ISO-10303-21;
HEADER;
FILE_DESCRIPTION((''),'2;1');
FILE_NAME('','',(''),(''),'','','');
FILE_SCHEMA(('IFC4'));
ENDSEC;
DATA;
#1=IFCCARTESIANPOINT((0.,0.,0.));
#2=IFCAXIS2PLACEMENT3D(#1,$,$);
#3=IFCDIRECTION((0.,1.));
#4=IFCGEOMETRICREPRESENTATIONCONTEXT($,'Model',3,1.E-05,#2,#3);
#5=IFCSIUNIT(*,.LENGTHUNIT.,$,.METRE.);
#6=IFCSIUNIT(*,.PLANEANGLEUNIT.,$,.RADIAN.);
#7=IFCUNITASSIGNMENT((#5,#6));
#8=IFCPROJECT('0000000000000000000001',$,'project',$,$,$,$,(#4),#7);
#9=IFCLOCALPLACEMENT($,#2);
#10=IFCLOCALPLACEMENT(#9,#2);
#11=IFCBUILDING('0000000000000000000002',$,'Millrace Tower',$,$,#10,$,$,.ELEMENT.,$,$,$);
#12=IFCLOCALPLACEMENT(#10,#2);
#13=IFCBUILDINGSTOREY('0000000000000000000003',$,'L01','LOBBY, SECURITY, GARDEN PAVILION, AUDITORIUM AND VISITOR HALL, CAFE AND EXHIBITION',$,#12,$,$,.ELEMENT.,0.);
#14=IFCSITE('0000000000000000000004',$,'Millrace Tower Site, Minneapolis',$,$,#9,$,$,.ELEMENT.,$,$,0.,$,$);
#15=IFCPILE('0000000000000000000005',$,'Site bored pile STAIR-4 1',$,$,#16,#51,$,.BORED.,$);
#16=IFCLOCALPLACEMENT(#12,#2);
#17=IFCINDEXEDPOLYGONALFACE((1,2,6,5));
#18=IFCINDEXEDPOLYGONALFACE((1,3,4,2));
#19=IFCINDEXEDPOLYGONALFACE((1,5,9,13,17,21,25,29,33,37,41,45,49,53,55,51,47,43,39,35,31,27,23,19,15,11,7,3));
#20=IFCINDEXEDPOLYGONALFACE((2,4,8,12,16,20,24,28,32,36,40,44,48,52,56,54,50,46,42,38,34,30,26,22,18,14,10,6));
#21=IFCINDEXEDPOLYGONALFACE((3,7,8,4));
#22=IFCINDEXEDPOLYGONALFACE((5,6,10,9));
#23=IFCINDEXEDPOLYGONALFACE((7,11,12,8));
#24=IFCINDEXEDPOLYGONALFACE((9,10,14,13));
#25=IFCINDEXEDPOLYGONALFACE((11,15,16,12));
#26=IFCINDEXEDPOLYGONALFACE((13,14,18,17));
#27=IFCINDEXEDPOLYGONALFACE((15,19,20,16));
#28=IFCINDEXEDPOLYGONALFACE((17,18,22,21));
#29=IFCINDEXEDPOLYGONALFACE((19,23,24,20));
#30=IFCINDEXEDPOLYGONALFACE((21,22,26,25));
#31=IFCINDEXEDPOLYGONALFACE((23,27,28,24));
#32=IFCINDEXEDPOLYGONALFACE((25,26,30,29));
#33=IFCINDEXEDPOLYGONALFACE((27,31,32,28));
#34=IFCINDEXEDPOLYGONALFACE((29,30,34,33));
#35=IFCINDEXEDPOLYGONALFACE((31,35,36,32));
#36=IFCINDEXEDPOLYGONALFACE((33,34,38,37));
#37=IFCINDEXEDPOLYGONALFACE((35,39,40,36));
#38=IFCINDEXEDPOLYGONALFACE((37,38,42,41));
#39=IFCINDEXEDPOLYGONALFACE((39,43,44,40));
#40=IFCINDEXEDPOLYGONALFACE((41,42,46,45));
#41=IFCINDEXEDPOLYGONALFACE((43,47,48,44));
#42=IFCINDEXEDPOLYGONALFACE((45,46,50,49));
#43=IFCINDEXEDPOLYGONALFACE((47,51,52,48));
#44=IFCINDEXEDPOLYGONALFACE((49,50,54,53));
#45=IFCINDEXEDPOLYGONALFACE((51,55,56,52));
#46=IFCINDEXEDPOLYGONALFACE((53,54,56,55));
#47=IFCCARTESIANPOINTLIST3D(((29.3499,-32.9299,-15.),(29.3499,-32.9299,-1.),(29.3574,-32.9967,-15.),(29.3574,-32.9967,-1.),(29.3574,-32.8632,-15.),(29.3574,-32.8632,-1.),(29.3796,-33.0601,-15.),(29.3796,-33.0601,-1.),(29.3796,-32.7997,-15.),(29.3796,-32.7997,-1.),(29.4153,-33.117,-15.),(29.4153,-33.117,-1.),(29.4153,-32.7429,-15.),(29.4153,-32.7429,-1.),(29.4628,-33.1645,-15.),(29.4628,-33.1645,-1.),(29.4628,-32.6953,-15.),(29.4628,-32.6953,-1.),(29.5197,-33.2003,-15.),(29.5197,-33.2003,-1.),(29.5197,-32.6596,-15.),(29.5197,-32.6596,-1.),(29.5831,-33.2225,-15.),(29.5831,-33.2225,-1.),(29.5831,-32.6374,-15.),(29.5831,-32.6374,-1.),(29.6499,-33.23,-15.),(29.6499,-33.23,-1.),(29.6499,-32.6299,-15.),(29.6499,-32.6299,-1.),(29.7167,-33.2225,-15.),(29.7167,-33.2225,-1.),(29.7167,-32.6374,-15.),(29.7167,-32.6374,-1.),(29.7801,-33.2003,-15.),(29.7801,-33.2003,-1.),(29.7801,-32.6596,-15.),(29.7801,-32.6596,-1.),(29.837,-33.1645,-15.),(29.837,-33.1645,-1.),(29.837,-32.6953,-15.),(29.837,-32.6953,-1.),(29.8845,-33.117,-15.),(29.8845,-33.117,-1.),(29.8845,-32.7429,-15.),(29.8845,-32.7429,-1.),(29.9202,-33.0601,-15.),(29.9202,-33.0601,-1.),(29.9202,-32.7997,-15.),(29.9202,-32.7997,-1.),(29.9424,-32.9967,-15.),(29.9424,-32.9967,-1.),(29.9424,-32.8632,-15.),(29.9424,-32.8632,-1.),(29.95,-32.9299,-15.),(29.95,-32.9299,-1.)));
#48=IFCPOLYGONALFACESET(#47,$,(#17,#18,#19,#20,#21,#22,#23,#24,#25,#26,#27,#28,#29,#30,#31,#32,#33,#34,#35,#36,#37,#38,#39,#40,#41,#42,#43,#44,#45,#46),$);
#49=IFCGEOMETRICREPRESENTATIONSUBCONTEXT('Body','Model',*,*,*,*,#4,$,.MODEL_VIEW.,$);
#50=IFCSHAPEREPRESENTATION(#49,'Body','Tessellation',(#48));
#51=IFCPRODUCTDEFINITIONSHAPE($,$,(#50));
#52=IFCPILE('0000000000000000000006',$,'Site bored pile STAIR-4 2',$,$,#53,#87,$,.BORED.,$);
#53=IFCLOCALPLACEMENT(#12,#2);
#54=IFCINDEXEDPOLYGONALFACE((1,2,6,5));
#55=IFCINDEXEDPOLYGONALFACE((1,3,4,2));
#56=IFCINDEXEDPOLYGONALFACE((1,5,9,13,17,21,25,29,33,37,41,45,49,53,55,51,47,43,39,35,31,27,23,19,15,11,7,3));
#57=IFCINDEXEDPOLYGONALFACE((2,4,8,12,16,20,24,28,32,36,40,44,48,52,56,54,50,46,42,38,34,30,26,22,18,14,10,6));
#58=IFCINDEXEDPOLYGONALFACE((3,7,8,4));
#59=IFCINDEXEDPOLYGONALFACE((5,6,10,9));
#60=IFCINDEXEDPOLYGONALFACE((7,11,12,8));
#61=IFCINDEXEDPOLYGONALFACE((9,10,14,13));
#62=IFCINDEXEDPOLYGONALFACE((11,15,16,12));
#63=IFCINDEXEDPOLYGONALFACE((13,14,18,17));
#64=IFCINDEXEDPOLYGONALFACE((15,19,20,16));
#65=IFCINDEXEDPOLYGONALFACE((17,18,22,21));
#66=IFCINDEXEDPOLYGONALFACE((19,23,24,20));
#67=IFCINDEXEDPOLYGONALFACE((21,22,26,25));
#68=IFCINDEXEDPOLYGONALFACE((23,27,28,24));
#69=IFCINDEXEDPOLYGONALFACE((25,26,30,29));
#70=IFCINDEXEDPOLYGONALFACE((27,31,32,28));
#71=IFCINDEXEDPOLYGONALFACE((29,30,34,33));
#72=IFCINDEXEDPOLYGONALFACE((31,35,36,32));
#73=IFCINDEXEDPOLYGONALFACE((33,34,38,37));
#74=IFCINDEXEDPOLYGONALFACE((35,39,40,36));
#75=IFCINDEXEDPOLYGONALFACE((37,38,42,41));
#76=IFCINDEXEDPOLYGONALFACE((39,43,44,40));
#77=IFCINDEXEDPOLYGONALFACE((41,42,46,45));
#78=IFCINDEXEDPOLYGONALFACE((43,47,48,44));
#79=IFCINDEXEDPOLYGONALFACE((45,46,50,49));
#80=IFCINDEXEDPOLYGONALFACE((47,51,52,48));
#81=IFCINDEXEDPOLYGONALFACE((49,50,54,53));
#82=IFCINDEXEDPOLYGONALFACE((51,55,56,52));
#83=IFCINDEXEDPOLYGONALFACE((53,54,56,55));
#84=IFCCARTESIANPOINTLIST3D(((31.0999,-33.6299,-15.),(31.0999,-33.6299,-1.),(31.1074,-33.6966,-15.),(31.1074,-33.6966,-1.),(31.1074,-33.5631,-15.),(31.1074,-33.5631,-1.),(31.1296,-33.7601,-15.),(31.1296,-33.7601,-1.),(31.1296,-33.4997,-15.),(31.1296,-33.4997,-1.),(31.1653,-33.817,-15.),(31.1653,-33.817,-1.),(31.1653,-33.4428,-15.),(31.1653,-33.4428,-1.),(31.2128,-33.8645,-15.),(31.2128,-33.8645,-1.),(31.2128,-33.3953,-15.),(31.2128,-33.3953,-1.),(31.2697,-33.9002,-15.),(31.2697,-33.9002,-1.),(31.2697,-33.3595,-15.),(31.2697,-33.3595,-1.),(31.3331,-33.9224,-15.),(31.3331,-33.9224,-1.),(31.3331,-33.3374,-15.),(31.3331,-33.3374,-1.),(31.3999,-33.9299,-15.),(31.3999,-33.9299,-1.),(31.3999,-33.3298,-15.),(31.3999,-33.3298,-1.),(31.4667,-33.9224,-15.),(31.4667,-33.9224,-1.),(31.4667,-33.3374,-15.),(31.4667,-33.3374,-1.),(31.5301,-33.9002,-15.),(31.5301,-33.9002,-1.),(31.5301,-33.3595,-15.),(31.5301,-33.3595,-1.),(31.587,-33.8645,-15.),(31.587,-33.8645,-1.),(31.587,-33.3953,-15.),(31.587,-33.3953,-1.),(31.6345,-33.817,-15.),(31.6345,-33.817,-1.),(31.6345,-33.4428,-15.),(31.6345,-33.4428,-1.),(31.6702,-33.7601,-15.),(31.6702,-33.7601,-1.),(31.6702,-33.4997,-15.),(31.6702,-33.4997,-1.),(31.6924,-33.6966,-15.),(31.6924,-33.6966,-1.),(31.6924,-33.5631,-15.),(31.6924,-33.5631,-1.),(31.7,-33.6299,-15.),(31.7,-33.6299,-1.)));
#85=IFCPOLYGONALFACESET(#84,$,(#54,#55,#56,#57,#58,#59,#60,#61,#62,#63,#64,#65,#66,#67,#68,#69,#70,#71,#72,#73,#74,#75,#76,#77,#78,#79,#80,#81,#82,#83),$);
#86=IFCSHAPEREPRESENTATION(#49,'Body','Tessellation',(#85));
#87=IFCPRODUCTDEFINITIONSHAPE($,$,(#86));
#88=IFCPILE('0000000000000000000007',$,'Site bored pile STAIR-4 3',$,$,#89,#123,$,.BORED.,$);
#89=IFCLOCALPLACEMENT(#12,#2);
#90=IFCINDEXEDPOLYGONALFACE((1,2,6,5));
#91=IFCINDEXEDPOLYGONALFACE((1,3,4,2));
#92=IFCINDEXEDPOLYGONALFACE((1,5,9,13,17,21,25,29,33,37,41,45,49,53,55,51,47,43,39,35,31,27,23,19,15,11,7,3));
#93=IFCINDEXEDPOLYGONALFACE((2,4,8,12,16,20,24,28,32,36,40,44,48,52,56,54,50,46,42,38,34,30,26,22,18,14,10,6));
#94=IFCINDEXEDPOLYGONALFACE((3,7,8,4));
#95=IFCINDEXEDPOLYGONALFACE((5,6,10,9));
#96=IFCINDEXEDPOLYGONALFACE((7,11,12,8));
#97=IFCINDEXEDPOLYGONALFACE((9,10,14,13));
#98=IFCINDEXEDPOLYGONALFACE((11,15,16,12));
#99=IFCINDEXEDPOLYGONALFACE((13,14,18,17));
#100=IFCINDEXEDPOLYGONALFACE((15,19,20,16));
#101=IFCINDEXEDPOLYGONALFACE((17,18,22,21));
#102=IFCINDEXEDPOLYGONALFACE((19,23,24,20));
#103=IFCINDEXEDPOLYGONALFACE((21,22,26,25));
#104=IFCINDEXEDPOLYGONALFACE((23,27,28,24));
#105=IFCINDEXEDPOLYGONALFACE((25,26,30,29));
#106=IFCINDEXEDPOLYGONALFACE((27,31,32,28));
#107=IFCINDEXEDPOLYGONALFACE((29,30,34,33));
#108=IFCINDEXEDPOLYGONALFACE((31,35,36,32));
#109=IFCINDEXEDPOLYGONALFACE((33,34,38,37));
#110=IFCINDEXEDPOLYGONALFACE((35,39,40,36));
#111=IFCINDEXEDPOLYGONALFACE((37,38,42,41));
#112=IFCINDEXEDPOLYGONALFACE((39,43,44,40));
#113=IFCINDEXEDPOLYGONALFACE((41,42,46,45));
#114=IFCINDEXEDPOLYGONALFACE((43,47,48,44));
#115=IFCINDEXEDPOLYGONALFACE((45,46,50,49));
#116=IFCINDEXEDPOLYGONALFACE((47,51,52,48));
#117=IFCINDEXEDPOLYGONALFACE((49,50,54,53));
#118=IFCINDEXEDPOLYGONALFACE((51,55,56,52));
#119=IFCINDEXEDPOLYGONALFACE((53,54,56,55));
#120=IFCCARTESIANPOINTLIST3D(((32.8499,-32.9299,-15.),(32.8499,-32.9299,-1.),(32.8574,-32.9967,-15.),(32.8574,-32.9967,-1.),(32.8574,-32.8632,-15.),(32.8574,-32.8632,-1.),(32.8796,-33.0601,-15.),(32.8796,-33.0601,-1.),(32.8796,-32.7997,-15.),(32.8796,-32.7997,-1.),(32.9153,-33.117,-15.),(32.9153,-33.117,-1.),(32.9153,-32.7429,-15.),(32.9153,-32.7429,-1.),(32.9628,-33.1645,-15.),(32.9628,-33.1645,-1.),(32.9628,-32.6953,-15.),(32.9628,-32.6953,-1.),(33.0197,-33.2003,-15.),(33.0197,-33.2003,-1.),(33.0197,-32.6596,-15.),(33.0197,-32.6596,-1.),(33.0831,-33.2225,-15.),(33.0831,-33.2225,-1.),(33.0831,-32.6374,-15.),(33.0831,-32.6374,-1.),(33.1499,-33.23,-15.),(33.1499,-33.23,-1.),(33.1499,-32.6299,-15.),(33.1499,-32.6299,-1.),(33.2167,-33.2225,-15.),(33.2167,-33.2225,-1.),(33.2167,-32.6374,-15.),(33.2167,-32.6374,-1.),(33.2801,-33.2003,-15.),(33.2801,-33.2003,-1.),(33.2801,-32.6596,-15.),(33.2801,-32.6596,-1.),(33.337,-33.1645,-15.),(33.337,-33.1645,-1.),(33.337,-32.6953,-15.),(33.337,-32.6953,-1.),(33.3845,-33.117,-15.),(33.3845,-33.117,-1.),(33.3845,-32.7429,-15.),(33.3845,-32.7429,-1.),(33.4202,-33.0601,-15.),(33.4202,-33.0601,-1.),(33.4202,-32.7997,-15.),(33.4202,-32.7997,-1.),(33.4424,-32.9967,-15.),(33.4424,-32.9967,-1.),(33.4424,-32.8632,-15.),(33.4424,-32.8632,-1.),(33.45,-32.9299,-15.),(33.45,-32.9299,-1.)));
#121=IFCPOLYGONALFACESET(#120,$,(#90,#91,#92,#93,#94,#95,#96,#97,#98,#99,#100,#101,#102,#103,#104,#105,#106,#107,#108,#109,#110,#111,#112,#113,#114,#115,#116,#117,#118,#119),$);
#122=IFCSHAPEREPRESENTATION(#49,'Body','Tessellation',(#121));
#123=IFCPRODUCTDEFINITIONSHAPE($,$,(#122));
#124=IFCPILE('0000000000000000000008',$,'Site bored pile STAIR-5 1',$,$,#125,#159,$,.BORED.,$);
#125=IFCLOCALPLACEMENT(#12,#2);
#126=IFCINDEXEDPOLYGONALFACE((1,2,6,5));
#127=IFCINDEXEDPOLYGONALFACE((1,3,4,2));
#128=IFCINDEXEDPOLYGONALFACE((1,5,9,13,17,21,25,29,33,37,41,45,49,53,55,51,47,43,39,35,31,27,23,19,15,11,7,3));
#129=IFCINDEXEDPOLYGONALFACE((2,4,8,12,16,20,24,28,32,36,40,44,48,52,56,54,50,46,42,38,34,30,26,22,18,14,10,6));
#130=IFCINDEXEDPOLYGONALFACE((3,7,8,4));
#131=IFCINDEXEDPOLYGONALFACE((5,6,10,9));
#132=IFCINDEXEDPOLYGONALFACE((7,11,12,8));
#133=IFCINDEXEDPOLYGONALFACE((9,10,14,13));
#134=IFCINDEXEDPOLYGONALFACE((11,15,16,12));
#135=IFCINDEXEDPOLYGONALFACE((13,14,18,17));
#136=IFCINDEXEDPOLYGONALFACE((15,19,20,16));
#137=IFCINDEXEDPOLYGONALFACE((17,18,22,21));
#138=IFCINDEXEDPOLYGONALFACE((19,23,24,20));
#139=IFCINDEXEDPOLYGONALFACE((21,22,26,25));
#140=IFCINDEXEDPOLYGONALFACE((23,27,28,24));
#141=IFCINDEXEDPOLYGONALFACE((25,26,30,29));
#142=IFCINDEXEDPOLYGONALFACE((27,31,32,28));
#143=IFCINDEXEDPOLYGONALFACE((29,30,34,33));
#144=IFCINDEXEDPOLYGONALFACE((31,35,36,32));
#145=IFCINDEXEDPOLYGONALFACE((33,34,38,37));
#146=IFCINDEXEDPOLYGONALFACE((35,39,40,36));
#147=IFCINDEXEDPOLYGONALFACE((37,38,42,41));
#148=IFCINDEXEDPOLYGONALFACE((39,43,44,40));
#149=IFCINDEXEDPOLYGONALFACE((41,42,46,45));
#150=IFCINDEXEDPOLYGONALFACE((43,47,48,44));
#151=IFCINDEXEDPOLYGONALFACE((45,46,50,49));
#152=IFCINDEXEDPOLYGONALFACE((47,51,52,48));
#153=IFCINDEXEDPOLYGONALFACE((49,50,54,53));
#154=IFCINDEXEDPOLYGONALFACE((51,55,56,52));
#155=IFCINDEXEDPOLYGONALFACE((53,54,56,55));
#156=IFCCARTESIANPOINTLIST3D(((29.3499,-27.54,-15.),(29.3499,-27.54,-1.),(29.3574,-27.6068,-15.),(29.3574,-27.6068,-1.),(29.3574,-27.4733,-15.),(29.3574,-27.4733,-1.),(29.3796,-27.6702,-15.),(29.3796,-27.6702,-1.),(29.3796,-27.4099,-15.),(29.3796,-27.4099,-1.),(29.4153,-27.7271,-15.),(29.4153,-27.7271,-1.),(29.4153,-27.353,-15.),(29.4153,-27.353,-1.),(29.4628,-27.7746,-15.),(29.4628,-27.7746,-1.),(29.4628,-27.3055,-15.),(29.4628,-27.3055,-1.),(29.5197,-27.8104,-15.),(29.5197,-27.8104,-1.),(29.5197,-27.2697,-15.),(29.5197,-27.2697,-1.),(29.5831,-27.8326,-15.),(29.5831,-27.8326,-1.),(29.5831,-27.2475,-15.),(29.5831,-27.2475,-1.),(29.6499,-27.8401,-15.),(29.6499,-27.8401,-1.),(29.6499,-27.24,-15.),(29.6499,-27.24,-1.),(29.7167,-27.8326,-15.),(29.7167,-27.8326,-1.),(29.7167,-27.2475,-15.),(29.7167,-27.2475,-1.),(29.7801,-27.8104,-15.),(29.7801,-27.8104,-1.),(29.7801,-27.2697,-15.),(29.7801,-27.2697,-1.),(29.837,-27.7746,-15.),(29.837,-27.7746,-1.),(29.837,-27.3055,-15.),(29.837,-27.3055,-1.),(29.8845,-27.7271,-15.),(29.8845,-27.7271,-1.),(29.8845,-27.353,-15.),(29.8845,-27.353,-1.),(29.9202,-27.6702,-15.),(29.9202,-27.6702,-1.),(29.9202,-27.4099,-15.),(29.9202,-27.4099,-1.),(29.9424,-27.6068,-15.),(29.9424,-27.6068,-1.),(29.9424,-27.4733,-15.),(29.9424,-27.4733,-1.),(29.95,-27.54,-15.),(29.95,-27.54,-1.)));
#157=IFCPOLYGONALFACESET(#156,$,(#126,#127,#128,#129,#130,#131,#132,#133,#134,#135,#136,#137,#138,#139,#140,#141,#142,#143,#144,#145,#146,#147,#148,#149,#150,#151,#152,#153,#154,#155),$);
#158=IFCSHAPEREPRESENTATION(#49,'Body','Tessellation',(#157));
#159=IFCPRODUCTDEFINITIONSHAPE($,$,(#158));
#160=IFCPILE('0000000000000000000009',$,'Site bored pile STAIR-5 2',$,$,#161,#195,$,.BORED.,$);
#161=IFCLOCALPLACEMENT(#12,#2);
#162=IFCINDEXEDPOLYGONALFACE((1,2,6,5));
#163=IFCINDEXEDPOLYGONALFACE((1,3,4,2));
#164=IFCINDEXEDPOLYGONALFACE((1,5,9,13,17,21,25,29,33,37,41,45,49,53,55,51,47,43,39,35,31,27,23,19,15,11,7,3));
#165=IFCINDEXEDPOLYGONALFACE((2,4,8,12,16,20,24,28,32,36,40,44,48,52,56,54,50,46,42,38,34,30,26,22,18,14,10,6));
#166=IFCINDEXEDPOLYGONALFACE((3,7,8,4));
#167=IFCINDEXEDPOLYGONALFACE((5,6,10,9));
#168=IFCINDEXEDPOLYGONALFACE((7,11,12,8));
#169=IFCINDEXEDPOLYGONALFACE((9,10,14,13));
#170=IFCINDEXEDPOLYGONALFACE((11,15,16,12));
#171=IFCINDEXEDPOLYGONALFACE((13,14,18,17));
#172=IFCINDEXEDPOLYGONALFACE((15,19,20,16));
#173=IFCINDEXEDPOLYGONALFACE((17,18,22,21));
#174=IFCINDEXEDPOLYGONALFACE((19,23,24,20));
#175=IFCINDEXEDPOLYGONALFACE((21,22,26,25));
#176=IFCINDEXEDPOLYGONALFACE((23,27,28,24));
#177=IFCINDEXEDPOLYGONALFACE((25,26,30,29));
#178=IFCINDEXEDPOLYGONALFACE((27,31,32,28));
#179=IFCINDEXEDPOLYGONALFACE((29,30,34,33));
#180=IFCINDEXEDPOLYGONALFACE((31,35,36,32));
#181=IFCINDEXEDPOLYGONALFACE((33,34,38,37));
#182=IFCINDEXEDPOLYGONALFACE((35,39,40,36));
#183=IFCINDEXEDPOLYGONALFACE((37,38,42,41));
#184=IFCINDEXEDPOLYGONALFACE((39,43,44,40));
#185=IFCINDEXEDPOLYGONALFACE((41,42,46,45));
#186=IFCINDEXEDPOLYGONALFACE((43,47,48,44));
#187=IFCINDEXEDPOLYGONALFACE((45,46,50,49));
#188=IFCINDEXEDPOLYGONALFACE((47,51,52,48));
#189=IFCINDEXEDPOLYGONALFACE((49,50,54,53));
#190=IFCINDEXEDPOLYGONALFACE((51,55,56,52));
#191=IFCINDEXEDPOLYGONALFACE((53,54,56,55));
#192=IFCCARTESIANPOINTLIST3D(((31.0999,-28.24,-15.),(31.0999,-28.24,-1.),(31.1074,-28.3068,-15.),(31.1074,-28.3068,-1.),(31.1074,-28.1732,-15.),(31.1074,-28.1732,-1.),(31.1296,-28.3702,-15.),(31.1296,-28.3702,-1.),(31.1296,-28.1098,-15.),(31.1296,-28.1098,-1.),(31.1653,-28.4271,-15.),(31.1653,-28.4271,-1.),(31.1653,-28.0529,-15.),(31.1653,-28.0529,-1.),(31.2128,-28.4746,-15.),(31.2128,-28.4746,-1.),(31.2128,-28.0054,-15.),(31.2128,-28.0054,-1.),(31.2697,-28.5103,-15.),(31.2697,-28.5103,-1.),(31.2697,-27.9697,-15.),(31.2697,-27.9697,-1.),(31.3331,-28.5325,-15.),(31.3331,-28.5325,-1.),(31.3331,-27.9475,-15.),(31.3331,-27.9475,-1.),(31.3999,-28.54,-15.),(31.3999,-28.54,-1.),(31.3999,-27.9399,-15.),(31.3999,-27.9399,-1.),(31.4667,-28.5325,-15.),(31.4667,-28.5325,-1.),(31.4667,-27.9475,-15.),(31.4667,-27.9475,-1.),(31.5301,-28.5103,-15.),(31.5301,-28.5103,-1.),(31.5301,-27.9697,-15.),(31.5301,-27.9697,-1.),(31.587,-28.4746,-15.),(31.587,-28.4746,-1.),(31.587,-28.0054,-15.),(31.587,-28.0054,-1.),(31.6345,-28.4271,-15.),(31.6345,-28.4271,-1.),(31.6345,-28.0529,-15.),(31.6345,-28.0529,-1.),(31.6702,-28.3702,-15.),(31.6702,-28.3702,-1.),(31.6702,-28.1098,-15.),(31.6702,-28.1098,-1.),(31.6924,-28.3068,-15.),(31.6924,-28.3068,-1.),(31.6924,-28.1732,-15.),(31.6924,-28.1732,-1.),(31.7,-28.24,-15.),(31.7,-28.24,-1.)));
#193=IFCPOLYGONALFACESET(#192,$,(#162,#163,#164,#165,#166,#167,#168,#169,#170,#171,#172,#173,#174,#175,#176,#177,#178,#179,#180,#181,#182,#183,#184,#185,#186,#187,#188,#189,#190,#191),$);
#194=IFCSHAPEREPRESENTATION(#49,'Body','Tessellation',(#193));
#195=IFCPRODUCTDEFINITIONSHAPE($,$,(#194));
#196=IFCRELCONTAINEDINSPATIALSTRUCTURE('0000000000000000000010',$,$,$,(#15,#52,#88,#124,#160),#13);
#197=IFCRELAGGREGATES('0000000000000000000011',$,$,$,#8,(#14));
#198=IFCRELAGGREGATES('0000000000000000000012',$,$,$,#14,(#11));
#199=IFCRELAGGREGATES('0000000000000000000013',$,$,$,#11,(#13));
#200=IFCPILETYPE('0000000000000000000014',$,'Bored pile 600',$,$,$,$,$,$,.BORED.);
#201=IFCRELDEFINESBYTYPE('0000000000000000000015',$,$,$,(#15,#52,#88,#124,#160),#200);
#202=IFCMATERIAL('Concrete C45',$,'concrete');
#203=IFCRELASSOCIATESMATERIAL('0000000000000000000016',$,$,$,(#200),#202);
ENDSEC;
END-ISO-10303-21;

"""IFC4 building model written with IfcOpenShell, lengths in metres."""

from ifc_helpers import new_model, si_unit, direction, frame, origin, origin_2d, place, context, subcontext, project, spatial, circle, extrude, material, material_profile, profile_set, type_object, element, save


model = new_model("IFC4")

# Units and contexts
model_context = context("Model", 3, precision=1e-05, world=origin(), true_north=direction((0.0, 1.0)))
body_context = subcontext(model_context, "Body", "Model", "MODEL_VIEW")
ifc_project = project(units=[si_unit("LENGTHUNIT", "METRE"), si_unit("PLANEANGLEUNIT", "RADIAN")], contexts=[model_context])

# Site, building, storey
site_placement = place(None, origin())
site = spatial("IfcSite", under=ifc_project, at=site_placement, Name="Millrace Tower Site, Minneapolis", CompositionType="ELEMENT", RefElevation=0.0)
building_placement = place(site_placement, origin())
building = spatial("IfcBuilding", under=site, at=building_placement, Name="Millrace Tower", CompositionType="ELEMENT")
storey_placement = place(building_placement, origin())
storey = spatial("IfcBuildingStorey", under=building, at=storey_placement, Name="L01", Description="LOBBY, SECURITY, GARDEN PAVILION, AUDITORIUM AND VISITOR HALL, CAFE AND EXHIBITION", CompositionType="ELEMENT", Elevation=0.0)

# Piles
ifc_material_1 = material(Name="Concrete C45", Category="concrete")
ifc_material_profile_1 = material_profile(ifc_material_1, circle(Radius=0.3, at=origin_2d()))
ifc_profile_set_1 = profile_set([ifc_material_profile_1], Name="Concrete C45")
pile_type = type_object("IfcPileType", Name="Bored pile 600", PredefinedType="BORED", material=ifc_profile_set_1)
for number, where, z_axis, x_axis, name in (
    (1, (29.6499, -32.9299, -1.0), (0.0, 0.0, -1.0), (1.0, 0.0, 0.0), "Site bored pile STAIR-4 1"),
    (2, (31.3999, -33.6299, -1.0), (0.0, 0.0, -1.0), (1.0, 0.0, 0.0), "Site bored pile STAIR-4 2"),
    (3, (33.1499, -32.9299, -1.0), (0.0, 0.0, -1.0), (1.0, 0.0, 0.0), "Site bored pile STAIR-4 3"),
    (4, (29.6499, -27.54, -1.0), (0.0, 0.0, -1.0), (1.0, 0.0, 0.0), "Site bored pile STAIR-5 1"),
    (5, (31.3999, -28.24, -1.0), (0.0, 0.0, -1.0), (1.0, 0.0, 0.0), "Site bored pile STAIR-5 2"),
):
    element("IfcPile", number, at=place(storey_placement, frame(where, z_axis=z_axis, x_axis=x_axis)), inside=storey, type_object=pile_type, Name=name, PredefinedType="BORED", context=body_context, shape_type="SweptSolid", body=[
        extrude(circle(Radius=0.3, at=origin_2d()), origin(), (0.0, 0.0, 1.0), 14.0),
    ])

save(model, "model.ifc")
